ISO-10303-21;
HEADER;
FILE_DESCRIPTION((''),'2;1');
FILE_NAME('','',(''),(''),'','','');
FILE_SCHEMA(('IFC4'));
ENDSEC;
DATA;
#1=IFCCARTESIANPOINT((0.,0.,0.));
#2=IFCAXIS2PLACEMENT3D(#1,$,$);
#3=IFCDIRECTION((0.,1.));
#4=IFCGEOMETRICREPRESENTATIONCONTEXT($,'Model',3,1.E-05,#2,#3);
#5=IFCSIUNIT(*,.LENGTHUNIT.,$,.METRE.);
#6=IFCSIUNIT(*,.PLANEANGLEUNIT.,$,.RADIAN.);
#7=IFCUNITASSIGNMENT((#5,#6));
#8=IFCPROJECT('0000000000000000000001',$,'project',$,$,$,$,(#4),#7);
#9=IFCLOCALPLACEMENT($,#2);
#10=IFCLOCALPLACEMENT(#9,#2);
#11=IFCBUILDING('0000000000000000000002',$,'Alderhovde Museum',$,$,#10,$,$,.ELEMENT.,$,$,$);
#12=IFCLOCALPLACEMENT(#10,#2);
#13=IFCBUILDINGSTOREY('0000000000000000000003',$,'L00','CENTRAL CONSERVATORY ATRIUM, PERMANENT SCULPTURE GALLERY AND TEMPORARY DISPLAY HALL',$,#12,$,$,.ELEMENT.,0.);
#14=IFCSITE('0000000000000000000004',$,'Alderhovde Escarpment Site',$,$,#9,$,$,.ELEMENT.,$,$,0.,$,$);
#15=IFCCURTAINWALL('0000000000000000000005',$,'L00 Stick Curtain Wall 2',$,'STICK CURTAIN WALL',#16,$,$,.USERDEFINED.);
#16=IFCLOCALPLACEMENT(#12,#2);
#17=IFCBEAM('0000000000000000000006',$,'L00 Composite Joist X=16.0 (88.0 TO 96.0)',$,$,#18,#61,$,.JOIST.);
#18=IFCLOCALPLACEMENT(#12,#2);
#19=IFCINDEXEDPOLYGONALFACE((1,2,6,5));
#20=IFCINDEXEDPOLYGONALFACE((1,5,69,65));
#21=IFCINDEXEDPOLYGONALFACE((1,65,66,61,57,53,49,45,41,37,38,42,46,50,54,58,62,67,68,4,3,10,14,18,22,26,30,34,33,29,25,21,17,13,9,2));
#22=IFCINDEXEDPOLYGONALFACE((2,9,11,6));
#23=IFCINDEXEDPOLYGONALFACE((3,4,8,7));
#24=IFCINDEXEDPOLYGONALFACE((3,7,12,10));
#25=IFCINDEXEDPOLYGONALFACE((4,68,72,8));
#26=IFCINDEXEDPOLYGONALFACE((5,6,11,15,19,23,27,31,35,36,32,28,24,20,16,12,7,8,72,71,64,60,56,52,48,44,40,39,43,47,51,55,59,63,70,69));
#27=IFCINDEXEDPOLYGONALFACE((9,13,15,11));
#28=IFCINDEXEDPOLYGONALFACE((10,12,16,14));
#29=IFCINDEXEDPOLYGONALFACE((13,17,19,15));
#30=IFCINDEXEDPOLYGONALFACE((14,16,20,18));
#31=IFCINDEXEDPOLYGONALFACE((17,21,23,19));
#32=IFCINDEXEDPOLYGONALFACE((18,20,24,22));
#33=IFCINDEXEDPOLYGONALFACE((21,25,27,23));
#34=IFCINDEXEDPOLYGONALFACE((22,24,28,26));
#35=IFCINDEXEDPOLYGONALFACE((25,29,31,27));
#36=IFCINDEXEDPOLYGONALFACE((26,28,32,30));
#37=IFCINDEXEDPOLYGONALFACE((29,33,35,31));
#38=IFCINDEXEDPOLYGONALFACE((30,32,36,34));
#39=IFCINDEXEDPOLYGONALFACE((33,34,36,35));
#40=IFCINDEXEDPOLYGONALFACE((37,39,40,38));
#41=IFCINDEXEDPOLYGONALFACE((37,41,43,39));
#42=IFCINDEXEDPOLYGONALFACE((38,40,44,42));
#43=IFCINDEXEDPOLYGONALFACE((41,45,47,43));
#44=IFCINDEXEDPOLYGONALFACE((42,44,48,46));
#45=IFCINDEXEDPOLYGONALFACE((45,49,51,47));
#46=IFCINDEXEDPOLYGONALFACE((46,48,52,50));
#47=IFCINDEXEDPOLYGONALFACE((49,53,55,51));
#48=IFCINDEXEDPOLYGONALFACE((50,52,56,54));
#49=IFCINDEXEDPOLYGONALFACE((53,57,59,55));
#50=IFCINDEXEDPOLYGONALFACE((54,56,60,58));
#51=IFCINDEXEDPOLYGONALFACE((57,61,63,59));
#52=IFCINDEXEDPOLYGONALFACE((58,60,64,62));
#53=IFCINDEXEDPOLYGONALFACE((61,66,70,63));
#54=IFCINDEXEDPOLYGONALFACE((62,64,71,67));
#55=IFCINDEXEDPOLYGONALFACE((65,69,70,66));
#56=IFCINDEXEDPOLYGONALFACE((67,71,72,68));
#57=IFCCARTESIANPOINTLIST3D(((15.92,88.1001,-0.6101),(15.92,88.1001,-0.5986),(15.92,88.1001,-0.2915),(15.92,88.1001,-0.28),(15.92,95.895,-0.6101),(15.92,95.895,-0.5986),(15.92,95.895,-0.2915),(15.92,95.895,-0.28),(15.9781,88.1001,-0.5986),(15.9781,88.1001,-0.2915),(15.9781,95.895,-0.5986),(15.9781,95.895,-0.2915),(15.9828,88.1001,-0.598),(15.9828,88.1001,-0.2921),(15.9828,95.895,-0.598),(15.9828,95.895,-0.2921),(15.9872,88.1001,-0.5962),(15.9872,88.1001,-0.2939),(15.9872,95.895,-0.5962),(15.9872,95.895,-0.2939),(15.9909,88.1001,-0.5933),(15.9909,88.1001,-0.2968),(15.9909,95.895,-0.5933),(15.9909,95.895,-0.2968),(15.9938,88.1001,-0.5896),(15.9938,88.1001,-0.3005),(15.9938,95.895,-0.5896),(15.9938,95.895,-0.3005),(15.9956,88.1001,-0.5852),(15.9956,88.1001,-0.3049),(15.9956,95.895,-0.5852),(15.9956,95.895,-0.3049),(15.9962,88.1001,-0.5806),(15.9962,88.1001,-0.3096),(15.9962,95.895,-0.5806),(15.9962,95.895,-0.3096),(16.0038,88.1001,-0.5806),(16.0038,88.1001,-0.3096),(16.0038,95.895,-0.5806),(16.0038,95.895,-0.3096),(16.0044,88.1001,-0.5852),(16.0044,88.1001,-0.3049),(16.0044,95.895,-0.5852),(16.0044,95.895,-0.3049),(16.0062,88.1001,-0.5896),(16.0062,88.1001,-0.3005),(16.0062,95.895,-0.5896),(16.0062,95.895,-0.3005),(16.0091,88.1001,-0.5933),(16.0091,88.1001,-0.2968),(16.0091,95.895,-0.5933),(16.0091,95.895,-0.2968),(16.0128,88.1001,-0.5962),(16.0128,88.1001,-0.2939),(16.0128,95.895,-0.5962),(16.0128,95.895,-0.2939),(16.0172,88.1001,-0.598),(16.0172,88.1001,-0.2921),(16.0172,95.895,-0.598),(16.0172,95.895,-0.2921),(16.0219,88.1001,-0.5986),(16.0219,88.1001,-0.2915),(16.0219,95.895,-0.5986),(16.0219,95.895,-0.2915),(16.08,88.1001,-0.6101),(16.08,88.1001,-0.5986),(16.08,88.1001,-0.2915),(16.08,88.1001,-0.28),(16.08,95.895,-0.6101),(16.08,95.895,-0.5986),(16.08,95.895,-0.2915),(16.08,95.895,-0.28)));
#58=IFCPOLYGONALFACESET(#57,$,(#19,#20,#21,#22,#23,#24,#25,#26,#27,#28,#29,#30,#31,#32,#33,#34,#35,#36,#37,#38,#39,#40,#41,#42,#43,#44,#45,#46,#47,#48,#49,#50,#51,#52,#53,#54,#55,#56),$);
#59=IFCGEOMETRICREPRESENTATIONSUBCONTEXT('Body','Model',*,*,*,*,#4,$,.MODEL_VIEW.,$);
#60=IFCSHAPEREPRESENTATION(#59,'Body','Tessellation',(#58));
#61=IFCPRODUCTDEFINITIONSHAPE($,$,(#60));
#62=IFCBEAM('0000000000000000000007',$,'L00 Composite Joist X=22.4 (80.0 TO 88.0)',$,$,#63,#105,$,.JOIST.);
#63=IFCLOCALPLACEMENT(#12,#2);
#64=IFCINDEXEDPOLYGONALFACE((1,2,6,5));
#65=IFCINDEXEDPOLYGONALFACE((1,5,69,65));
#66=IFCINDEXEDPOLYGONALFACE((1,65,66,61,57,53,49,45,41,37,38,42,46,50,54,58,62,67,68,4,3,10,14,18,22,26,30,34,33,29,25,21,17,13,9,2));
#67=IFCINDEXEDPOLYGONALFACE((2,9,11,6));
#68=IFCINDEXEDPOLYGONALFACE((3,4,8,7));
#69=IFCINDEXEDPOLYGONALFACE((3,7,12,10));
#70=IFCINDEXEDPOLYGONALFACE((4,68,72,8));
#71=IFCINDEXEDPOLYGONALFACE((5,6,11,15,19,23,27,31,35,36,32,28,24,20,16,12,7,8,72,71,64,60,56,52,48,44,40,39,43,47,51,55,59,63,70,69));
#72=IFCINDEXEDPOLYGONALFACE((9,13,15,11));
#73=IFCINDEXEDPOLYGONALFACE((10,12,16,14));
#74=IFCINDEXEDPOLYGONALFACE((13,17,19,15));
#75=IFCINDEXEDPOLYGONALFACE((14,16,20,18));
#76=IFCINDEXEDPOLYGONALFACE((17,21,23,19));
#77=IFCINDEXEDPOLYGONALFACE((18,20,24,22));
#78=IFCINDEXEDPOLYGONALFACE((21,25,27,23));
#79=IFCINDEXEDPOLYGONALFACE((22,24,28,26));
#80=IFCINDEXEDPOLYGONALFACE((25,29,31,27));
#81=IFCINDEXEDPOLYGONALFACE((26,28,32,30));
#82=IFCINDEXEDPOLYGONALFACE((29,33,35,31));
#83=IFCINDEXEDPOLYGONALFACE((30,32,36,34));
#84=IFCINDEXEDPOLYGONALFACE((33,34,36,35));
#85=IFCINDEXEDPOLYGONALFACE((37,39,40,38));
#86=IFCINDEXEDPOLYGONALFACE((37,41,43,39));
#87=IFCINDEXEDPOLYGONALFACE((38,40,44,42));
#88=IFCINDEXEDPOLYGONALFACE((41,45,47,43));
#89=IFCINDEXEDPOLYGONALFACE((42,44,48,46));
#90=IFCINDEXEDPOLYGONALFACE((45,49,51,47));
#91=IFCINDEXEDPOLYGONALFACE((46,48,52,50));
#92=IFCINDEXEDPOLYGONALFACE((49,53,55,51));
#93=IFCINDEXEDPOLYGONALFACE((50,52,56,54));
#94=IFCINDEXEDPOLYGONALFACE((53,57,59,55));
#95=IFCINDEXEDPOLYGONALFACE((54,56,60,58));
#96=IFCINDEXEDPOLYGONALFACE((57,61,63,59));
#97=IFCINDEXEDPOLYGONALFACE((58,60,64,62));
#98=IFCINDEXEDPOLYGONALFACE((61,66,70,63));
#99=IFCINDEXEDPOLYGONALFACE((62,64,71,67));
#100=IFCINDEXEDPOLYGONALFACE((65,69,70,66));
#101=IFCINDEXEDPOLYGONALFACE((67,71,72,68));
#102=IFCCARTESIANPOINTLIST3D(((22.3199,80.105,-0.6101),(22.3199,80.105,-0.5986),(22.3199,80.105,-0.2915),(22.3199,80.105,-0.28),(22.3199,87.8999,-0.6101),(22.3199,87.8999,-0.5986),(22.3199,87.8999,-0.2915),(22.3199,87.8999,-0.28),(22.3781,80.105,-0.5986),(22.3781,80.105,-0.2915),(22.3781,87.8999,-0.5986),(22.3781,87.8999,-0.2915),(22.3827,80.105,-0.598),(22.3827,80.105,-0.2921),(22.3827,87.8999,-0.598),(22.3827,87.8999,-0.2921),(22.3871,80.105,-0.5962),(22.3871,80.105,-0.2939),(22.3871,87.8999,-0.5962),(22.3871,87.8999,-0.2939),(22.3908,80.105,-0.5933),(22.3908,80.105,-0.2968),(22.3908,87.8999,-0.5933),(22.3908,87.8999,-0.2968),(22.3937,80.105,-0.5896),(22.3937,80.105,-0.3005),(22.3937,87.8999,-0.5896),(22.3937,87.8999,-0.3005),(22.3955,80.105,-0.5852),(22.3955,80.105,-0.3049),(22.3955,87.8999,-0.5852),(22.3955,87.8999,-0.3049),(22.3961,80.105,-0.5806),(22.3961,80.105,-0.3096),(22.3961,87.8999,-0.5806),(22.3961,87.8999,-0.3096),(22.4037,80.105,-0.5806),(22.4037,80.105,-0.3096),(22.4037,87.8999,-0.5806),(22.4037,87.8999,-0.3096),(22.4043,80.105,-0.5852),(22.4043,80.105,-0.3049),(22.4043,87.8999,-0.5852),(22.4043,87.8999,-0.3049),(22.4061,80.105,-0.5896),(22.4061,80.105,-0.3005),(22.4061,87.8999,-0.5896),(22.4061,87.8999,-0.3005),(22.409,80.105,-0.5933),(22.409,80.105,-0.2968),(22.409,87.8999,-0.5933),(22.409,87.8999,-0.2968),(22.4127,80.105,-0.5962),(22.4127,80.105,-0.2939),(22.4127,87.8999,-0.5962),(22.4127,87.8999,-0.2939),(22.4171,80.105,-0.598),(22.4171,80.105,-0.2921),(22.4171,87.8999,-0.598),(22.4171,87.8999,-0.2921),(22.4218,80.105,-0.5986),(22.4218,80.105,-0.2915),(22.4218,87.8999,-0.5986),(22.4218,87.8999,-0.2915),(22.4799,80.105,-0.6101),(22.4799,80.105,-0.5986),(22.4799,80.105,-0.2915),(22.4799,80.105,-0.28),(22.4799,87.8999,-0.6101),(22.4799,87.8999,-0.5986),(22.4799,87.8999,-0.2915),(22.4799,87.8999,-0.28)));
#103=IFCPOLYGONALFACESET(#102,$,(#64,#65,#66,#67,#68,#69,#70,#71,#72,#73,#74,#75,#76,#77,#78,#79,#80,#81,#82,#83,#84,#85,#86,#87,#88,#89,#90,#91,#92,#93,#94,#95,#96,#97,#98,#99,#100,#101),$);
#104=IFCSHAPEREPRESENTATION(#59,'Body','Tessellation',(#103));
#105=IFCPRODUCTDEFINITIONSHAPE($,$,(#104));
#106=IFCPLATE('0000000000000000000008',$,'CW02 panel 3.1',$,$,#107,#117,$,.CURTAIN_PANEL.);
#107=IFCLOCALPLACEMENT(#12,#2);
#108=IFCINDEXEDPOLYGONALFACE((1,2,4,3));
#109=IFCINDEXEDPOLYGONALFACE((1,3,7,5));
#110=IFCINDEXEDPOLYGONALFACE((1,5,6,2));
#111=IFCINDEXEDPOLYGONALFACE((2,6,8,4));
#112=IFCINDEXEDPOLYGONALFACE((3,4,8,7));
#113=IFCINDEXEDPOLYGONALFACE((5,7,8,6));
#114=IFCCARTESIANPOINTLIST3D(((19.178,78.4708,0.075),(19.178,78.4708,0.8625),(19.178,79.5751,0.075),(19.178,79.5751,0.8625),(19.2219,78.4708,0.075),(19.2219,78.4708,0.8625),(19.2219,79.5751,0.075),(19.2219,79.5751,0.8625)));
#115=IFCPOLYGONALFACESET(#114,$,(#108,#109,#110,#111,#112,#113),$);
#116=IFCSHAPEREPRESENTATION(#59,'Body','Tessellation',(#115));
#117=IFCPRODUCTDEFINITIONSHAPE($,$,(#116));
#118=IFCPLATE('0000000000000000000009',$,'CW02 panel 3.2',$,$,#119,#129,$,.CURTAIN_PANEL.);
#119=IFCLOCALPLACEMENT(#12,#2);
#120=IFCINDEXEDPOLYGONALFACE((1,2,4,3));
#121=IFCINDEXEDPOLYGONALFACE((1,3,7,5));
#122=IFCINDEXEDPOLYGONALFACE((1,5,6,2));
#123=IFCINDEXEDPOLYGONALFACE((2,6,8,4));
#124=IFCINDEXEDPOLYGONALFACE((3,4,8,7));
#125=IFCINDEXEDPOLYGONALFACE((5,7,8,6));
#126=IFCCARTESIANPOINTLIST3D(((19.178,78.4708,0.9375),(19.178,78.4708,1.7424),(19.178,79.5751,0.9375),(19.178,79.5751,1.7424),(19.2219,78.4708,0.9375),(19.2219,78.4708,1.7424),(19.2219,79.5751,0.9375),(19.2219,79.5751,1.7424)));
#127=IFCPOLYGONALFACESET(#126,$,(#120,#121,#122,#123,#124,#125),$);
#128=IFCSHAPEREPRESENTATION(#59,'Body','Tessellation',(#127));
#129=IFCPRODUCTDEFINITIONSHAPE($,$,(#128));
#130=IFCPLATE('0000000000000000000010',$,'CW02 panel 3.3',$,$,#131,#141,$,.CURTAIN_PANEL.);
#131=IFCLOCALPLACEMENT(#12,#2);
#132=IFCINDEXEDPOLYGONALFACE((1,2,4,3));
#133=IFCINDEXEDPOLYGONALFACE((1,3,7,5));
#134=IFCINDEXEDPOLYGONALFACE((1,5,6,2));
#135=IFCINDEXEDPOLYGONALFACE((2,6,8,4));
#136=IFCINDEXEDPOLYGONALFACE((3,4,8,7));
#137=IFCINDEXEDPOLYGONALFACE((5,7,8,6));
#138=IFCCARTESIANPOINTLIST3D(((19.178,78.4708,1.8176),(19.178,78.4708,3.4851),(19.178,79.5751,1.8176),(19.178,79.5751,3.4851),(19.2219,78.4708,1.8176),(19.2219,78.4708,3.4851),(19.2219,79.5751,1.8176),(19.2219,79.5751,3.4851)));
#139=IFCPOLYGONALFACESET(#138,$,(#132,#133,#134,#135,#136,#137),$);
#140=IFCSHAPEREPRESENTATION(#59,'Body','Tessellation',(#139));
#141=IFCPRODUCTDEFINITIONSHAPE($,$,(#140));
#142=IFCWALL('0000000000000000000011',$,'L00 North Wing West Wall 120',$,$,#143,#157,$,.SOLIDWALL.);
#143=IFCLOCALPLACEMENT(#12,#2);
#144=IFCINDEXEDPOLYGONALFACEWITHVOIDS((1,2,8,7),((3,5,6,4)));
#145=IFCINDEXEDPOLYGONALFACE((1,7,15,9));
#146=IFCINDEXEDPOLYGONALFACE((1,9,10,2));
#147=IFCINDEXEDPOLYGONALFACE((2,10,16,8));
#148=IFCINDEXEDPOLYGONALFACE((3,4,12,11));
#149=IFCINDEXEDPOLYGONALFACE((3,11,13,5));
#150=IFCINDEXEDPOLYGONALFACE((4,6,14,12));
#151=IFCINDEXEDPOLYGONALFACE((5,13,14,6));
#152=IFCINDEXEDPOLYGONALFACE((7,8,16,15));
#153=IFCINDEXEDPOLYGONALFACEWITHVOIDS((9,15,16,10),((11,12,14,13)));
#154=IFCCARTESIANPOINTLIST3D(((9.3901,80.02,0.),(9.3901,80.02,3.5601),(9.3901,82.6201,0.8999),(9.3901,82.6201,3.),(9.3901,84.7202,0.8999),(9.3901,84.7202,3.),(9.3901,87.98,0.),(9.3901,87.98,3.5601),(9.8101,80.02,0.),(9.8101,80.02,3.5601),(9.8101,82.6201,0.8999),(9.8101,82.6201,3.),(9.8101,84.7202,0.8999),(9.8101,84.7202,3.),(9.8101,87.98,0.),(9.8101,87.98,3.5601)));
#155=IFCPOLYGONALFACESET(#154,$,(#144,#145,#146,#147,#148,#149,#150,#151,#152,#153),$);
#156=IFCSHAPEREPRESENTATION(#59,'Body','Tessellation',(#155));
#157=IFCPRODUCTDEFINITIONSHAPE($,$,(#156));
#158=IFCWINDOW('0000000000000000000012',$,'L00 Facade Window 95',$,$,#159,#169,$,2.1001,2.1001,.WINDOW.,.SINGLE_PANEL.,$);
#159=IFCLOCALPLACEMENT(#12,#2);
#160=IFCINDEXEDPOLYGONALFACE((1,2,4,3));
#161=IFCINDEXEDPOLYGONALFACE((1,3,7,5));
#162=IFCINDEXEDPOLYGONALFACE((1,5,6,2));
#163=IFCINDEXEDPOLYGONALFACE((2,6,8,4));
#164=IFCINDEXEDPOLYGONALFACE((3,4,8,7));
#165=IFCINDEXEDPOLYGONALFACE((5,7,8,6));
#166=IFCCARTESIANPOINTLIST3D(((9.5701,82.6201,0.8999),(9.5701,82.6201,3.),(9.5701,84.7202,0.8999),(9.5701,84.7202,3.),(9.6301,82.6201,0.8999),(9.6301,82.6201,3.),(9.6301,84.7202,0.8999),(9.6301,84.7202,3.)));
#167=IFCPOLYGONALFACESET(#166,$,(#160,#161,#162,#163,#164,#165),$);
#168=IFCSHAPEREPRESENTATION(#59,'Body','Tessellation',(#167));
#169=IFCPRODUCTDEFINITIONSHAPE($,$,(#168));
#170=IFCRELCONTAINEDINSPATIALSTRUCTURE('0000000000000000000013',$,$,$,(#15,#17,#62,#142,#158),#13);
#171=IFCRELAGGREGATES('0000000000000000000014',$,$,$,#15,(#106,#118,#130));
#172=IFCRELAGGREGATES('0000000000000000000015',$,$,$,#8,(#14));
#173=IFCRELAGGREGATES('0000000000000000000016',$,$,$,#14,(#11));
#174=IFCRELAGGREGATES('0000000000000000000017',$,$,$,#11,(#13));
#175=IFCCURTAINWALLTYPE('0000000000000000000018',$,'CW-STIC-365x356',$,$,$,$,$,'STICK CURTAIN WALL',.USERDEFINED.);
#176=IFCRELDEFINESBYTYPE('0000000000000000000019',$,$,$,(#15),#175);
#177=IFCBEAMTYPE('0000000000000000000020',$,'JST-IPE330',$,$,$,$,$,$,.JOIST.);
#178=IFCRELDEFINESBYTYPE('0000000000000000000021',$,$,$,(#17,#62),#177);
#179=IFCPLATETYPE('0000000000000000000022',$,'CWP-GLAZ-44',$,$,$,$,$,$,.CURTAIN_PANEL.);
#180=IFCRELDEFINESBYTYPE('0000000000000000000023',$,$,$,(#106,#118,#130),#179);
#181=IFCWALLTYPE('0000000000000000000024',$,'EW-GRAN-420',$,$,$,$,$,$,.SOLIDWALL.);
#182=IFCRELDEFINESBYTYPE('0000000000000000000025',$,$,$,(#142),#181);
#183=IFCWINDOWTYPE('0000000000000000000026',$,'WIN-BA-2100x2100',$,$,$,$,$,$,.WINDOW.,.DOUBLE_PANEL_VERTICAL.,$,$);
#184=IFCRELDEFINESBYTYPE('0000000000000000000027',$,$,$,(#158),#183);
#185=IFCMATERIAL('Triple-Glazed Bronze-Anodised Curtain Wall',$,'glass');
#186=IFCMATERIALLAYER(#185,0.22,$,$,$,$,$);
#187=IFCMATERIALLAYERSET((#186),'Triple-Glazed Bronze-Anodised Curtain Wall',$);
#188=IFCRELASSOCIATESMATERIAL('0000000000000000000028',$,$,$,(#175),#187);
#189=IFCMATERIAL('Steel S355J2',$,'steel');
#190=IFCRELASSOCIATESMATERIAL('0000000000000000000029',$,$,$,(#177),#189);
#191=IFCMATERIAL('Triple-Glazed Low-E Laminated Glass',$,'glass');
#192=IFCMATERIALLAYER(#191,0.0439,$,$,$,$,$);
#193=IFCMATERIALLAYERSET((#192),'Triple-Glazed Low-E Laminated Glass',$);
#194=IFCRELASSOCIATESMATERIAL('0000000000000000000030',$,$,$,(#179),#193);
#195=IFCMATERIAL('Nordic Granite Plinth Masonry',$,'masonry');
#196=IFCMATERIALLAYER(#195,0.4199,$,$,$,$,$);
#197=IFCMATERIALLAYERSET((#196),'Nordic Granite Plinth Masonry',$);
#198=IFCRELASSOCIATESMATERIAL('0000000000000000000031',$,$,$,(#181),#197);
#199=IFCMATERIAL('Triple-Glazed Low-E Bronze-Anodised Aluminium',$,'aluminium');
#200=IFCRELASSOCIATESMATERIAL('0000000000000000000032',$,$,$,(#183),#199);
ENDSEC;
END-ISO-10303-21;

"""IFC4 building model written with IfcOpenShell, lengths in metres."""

from ifc_helpers import new_model, si_unit, direction, frame, frame_2d, origin, origin_2d, place, context, subcontext, project, spatial, rectangle, i_section, extrude, material, layer, layer_set, material_profile, profile_set, type_object, element, fill, aggregate, save


model = new_model("IFC4")

# Units and contexts
model_context = context("Model", 3, precision=1e-05, world=origin(), true_north=direction((0.0, 1.0)))
body_context = subcontext(model_context, "Body", "Model", "MODEL_VIEW")
ifc_project = project(units=[si_unit("LENGTHUNIT", "METRE"), si_unit("PLANEANGLEUNIT", "RADIAN")], contexts=[model_context])

# Site, building, storey
site_placement = place(None, origin())
site = spatial("IfcSite", under=ifc_project, at=site_placement, Name="Alderhovde Escarpment Site", CompositionType="ELEMENT", RefElevation=0.0)
building_placement = place(site_placement, origin())
building = spatial("IfcBuilding", under=site, at=building_placement, Name="Alderhovde Museum", CompositionType="ELEMENT")
storey_placement = place(building_placement, origin())
storey = spatial("IfcBuildingStorey", under=building, at=storey_placement, Name="L00", Description="CENTRAL CONSERVATORY ATRIUM, PERMANENT SCULPTURE GALLERY AND TEMPORARY DISPLAY HALL", CompositionType="ELEMENT", Elevation=0.0)

# Curtain wall
ifc_material_1 = material(Name="Triple-Glazed Bronze-Anodised Curtain Wall", Category="glass")
ifc_layer_1 = layer(ifc_material_1, 0.22)
ifc_layer_set_1 = layer_set([ifc_layer_1], Name="Triple-Glazed Bronze-Anodised Curtain Wall")
curtain_wall_type = type_object("IfcCurtainWallType", Name="CW-STIC-365x356", ElementType="STICK CURTAIN WALL", PredefinedType="USERDEFINED", material=ifc_layer_set_1)
curtain_wall_placement = place(storey_placement, origin())
curtain_wall = element("IfcCurtainWall", 1, at=curtain_wall_placement, inside=storey, type_object=curtain_wall_type, Name="L00 Stick Curtain Wall 2", ObjectType="STICK CURTAIN WALL", PredefinedType="USERDEFINED")

# Beams
ifc_material_2 = material(Name="Steel S355J2", Category="steel")
ifc_material_profile_1 = material_profile(ifc_material_2, i_section(OverallWidth=0.1599, OverallDepth=0.3301, WebThickness=0.0076, FlangeThickness=0.0115, FilletRadius=0.0181, at=origin_2d()), Name="IPE 330")
ifc_profile_set_1 = profile_set([ifc_material_profile_1], Name="Steel S355J2")
beam_type_1 = type_object("IfcBeamType", Name="JST-IPE330", PredefinedType="JOIST", material=ifc_profile_set_1)
for number, where, z_axis, x_axis, name in (
    (2, (16.0, 88.1001, -0.4451), (0.0, 1.0, 0.0), (-1.0, 0.0, 0.0), "L00 Composite Joist X=16.0 (88.0 TO 96.0)"),
    (3, (22.3999, 80.105, -0.4451), (0.0, 1.0, 0.0), (-1.0, 0.0, 0.0), "L00 Composite Joist X=22.4 (80.0 TO 88.0)"),
):
    element("IfcBeam", number, at=place(storey_placement, frame(where, z_axis=z_axis, x_axis=x_axis)), inside=storey, type_object=beam_type_1, Name=name, PredefinedType="JOIST", context=body_context, shape_type="SweptSolid", body=[
        extrude(i_section(OverallWidth=0.1599, OverallDepth=0.3301, WebThickness=0.0076, FlangeThickness=0.0115, FilletRadius=0.0181, at=origin_2d()), origin(), (0.0, 0.0, 1.0), 7.7949),
    ])

# Plates
ifc_material_3 = material(Name="Triple-Glazed Low-E Laminated Glass", Category="glass")
ifc_layer_2 = layer(ifc_material_3, 0.0439)
ifc_layer_set_2 = layer_set([ifc_layer_2], Name="Triple-Glazed Low-E Laminated Glass")
plate_type = type_object("IfcPlateType", Name="CWP-GLAZ-44", PredefinedType="CURTAIN_PANEL", material=ifc_layer_set_2)
plate_1_placement = place(storey_placement, frame((19.2, 79.0229, 0.075), z_axis=(0.0, 0.0, 1.0), x_axis=(0.0, 1.0, 0.0)))
plate_1 = element("IfcPlate", 4, at=plate_1_placement, type_object=plate_type, Name="CW02 panel 3.1", PredefinedType="CURTAIN_PANEL", context=body_context, shape_type="SweptSolid", body=[
    extrude(rectangle(XDim=1.1042, YDim=0.0439, at=origin_2d()), origin(), (0.0, 0.0, 1.0), 0.7876),
])
plate_2_placement = place(storey_placement, frame((19.2, 79.0229, 0.9375), z_axis=(0.0, 0.0, 1.0), x_axis=(0.0, 1.0, 0.0)))
plate_2 = element("IfcPlate", 5, at=plate_2_placement, type_object=plate_type, Name="CW02 panel 3.2", PredefinedType="CURTAIN_PANEL", context=body_context, shape_type="SweptSolid", body=[
    extrude(rectangle(XDim=1.1042, YDim=0.0439, at=origin_2d()), origin(), (0.0, 0.0, 1.0), 0.8049),
])
plate_3_placement = place(storey_placement, frame((19.2, 79.0229, 1.8176), z_axis=(0.0, 0.0, 1.0), x_axis=(0.0, 1.0, 0.0)))
plate_3 = element("IfcPlate", 6, at=plate_3_placement, type_object=plate_type, Name="CW02 panel 3.3", PredefinedType="CURTAIN_PANEL", context=body_context, shape_type="SweptSolid", body=[
    extrude(rectangle(XDim=1.1042, YDim=0.0439, at=origin_2d()), origin(), (0.0, 0.0, 1.0), 1.6675),
])
aggregate(curtain_wall, [plate_1, plate_2, plate_3])

# Wall, opening, window
ifc_material_4 = material(Name="Nordic Granite Plinth Masonry", Category="masonry")
ifc_layer_3 = layer(ifc_material_4, 0.4199)
ifc_layer_set_3 = layer_set([ifc_layer_3], Name="Nordic Granite Plinth Masonry")
wall_type_1 = type_object("IfcWallType", Name="EW-GRAN-420", PredefinedType="SOLIDWALL", material=ifc_layer_set_3)
wall_1_placement = place(storey_placement, frame((9.6001, 80.02, 0.0), z_axis=(0.0, 0.0, 1.0), x_axis=(0.0, 1.0, 0.0)))
wall_1 = element("IfcWall", 7, at=wall_1_placement, inside=storey, type_object=wall_type_1, Name="L00 North Wing West Wall 120", PredefinedType="SOLIDWALL", context=body_context, shape_type="SweptSolid", body=[
    extrude(rectangle(XDim=7.96, YDim=0.4199, at=frame_2d((3.98, 0.0))), origin(), (0.0, 0.0, 1.0), 3.5601),
])
opening_1_placement = place(wall_1_placement, frame((2.6001, 0.0, 0.8999)))
opening_1 = element("IfcOpeningElement", 8, at=opening_1_placement, cuts=wall_1, PredefinedType="OPENING", context=body_context, shape_type="SweptSolid", body=[
    extrude(rectangle(XDim=2.1001, YDim=2.1001, at=frame_2d((1.05, 1.05))), frame((0.0, 0.22, 0.0), z_axis=(0.0, -1.0, 0.0), x_axis=(1.0, 0.0, 0.0)), (0.0, 0.0, 1.0), 0.4399),
])
ifc_material_5 = material(Name="Triple-Glazed Low-E Bronze-Anodised Aluminium", Category="aluminium")
window_type = type_object("IfcWindowType", Name="WIN-BA-2100x2100", PartitioningType="DOUBLE_PANEL_VERTICAL", PredefinedType="WINDOW", material=ifc_material_5)
window_1_placement = place(opening_1_placement, origin())
window_1 = element("IfcWindow", 9, at=window_1_placement, inside=storey, type_object=window_type, Name="L00 Facade Window 95", OverallHeight=2.1001, OverallWidth=2.1001, PartitioningType="SINGLE_PANEL", PredefinedType="WINDOW", context=body_context, shape_type="SweptSolid", body=[
    extrude(rectangle(XDim=2.1001, YDim=2.1001, at=frame_2d((1.05, 1.05))), frame((0.0, 0.03, 0.0), z_axis=(0.0, -1.0, 0.0), x_axis=(1.0, 0.0, 0.0)), (0.0, 0.0, 1.0), 0.0601),
])
fill(opening_1, window_1)

save(model, "model.ifc")
